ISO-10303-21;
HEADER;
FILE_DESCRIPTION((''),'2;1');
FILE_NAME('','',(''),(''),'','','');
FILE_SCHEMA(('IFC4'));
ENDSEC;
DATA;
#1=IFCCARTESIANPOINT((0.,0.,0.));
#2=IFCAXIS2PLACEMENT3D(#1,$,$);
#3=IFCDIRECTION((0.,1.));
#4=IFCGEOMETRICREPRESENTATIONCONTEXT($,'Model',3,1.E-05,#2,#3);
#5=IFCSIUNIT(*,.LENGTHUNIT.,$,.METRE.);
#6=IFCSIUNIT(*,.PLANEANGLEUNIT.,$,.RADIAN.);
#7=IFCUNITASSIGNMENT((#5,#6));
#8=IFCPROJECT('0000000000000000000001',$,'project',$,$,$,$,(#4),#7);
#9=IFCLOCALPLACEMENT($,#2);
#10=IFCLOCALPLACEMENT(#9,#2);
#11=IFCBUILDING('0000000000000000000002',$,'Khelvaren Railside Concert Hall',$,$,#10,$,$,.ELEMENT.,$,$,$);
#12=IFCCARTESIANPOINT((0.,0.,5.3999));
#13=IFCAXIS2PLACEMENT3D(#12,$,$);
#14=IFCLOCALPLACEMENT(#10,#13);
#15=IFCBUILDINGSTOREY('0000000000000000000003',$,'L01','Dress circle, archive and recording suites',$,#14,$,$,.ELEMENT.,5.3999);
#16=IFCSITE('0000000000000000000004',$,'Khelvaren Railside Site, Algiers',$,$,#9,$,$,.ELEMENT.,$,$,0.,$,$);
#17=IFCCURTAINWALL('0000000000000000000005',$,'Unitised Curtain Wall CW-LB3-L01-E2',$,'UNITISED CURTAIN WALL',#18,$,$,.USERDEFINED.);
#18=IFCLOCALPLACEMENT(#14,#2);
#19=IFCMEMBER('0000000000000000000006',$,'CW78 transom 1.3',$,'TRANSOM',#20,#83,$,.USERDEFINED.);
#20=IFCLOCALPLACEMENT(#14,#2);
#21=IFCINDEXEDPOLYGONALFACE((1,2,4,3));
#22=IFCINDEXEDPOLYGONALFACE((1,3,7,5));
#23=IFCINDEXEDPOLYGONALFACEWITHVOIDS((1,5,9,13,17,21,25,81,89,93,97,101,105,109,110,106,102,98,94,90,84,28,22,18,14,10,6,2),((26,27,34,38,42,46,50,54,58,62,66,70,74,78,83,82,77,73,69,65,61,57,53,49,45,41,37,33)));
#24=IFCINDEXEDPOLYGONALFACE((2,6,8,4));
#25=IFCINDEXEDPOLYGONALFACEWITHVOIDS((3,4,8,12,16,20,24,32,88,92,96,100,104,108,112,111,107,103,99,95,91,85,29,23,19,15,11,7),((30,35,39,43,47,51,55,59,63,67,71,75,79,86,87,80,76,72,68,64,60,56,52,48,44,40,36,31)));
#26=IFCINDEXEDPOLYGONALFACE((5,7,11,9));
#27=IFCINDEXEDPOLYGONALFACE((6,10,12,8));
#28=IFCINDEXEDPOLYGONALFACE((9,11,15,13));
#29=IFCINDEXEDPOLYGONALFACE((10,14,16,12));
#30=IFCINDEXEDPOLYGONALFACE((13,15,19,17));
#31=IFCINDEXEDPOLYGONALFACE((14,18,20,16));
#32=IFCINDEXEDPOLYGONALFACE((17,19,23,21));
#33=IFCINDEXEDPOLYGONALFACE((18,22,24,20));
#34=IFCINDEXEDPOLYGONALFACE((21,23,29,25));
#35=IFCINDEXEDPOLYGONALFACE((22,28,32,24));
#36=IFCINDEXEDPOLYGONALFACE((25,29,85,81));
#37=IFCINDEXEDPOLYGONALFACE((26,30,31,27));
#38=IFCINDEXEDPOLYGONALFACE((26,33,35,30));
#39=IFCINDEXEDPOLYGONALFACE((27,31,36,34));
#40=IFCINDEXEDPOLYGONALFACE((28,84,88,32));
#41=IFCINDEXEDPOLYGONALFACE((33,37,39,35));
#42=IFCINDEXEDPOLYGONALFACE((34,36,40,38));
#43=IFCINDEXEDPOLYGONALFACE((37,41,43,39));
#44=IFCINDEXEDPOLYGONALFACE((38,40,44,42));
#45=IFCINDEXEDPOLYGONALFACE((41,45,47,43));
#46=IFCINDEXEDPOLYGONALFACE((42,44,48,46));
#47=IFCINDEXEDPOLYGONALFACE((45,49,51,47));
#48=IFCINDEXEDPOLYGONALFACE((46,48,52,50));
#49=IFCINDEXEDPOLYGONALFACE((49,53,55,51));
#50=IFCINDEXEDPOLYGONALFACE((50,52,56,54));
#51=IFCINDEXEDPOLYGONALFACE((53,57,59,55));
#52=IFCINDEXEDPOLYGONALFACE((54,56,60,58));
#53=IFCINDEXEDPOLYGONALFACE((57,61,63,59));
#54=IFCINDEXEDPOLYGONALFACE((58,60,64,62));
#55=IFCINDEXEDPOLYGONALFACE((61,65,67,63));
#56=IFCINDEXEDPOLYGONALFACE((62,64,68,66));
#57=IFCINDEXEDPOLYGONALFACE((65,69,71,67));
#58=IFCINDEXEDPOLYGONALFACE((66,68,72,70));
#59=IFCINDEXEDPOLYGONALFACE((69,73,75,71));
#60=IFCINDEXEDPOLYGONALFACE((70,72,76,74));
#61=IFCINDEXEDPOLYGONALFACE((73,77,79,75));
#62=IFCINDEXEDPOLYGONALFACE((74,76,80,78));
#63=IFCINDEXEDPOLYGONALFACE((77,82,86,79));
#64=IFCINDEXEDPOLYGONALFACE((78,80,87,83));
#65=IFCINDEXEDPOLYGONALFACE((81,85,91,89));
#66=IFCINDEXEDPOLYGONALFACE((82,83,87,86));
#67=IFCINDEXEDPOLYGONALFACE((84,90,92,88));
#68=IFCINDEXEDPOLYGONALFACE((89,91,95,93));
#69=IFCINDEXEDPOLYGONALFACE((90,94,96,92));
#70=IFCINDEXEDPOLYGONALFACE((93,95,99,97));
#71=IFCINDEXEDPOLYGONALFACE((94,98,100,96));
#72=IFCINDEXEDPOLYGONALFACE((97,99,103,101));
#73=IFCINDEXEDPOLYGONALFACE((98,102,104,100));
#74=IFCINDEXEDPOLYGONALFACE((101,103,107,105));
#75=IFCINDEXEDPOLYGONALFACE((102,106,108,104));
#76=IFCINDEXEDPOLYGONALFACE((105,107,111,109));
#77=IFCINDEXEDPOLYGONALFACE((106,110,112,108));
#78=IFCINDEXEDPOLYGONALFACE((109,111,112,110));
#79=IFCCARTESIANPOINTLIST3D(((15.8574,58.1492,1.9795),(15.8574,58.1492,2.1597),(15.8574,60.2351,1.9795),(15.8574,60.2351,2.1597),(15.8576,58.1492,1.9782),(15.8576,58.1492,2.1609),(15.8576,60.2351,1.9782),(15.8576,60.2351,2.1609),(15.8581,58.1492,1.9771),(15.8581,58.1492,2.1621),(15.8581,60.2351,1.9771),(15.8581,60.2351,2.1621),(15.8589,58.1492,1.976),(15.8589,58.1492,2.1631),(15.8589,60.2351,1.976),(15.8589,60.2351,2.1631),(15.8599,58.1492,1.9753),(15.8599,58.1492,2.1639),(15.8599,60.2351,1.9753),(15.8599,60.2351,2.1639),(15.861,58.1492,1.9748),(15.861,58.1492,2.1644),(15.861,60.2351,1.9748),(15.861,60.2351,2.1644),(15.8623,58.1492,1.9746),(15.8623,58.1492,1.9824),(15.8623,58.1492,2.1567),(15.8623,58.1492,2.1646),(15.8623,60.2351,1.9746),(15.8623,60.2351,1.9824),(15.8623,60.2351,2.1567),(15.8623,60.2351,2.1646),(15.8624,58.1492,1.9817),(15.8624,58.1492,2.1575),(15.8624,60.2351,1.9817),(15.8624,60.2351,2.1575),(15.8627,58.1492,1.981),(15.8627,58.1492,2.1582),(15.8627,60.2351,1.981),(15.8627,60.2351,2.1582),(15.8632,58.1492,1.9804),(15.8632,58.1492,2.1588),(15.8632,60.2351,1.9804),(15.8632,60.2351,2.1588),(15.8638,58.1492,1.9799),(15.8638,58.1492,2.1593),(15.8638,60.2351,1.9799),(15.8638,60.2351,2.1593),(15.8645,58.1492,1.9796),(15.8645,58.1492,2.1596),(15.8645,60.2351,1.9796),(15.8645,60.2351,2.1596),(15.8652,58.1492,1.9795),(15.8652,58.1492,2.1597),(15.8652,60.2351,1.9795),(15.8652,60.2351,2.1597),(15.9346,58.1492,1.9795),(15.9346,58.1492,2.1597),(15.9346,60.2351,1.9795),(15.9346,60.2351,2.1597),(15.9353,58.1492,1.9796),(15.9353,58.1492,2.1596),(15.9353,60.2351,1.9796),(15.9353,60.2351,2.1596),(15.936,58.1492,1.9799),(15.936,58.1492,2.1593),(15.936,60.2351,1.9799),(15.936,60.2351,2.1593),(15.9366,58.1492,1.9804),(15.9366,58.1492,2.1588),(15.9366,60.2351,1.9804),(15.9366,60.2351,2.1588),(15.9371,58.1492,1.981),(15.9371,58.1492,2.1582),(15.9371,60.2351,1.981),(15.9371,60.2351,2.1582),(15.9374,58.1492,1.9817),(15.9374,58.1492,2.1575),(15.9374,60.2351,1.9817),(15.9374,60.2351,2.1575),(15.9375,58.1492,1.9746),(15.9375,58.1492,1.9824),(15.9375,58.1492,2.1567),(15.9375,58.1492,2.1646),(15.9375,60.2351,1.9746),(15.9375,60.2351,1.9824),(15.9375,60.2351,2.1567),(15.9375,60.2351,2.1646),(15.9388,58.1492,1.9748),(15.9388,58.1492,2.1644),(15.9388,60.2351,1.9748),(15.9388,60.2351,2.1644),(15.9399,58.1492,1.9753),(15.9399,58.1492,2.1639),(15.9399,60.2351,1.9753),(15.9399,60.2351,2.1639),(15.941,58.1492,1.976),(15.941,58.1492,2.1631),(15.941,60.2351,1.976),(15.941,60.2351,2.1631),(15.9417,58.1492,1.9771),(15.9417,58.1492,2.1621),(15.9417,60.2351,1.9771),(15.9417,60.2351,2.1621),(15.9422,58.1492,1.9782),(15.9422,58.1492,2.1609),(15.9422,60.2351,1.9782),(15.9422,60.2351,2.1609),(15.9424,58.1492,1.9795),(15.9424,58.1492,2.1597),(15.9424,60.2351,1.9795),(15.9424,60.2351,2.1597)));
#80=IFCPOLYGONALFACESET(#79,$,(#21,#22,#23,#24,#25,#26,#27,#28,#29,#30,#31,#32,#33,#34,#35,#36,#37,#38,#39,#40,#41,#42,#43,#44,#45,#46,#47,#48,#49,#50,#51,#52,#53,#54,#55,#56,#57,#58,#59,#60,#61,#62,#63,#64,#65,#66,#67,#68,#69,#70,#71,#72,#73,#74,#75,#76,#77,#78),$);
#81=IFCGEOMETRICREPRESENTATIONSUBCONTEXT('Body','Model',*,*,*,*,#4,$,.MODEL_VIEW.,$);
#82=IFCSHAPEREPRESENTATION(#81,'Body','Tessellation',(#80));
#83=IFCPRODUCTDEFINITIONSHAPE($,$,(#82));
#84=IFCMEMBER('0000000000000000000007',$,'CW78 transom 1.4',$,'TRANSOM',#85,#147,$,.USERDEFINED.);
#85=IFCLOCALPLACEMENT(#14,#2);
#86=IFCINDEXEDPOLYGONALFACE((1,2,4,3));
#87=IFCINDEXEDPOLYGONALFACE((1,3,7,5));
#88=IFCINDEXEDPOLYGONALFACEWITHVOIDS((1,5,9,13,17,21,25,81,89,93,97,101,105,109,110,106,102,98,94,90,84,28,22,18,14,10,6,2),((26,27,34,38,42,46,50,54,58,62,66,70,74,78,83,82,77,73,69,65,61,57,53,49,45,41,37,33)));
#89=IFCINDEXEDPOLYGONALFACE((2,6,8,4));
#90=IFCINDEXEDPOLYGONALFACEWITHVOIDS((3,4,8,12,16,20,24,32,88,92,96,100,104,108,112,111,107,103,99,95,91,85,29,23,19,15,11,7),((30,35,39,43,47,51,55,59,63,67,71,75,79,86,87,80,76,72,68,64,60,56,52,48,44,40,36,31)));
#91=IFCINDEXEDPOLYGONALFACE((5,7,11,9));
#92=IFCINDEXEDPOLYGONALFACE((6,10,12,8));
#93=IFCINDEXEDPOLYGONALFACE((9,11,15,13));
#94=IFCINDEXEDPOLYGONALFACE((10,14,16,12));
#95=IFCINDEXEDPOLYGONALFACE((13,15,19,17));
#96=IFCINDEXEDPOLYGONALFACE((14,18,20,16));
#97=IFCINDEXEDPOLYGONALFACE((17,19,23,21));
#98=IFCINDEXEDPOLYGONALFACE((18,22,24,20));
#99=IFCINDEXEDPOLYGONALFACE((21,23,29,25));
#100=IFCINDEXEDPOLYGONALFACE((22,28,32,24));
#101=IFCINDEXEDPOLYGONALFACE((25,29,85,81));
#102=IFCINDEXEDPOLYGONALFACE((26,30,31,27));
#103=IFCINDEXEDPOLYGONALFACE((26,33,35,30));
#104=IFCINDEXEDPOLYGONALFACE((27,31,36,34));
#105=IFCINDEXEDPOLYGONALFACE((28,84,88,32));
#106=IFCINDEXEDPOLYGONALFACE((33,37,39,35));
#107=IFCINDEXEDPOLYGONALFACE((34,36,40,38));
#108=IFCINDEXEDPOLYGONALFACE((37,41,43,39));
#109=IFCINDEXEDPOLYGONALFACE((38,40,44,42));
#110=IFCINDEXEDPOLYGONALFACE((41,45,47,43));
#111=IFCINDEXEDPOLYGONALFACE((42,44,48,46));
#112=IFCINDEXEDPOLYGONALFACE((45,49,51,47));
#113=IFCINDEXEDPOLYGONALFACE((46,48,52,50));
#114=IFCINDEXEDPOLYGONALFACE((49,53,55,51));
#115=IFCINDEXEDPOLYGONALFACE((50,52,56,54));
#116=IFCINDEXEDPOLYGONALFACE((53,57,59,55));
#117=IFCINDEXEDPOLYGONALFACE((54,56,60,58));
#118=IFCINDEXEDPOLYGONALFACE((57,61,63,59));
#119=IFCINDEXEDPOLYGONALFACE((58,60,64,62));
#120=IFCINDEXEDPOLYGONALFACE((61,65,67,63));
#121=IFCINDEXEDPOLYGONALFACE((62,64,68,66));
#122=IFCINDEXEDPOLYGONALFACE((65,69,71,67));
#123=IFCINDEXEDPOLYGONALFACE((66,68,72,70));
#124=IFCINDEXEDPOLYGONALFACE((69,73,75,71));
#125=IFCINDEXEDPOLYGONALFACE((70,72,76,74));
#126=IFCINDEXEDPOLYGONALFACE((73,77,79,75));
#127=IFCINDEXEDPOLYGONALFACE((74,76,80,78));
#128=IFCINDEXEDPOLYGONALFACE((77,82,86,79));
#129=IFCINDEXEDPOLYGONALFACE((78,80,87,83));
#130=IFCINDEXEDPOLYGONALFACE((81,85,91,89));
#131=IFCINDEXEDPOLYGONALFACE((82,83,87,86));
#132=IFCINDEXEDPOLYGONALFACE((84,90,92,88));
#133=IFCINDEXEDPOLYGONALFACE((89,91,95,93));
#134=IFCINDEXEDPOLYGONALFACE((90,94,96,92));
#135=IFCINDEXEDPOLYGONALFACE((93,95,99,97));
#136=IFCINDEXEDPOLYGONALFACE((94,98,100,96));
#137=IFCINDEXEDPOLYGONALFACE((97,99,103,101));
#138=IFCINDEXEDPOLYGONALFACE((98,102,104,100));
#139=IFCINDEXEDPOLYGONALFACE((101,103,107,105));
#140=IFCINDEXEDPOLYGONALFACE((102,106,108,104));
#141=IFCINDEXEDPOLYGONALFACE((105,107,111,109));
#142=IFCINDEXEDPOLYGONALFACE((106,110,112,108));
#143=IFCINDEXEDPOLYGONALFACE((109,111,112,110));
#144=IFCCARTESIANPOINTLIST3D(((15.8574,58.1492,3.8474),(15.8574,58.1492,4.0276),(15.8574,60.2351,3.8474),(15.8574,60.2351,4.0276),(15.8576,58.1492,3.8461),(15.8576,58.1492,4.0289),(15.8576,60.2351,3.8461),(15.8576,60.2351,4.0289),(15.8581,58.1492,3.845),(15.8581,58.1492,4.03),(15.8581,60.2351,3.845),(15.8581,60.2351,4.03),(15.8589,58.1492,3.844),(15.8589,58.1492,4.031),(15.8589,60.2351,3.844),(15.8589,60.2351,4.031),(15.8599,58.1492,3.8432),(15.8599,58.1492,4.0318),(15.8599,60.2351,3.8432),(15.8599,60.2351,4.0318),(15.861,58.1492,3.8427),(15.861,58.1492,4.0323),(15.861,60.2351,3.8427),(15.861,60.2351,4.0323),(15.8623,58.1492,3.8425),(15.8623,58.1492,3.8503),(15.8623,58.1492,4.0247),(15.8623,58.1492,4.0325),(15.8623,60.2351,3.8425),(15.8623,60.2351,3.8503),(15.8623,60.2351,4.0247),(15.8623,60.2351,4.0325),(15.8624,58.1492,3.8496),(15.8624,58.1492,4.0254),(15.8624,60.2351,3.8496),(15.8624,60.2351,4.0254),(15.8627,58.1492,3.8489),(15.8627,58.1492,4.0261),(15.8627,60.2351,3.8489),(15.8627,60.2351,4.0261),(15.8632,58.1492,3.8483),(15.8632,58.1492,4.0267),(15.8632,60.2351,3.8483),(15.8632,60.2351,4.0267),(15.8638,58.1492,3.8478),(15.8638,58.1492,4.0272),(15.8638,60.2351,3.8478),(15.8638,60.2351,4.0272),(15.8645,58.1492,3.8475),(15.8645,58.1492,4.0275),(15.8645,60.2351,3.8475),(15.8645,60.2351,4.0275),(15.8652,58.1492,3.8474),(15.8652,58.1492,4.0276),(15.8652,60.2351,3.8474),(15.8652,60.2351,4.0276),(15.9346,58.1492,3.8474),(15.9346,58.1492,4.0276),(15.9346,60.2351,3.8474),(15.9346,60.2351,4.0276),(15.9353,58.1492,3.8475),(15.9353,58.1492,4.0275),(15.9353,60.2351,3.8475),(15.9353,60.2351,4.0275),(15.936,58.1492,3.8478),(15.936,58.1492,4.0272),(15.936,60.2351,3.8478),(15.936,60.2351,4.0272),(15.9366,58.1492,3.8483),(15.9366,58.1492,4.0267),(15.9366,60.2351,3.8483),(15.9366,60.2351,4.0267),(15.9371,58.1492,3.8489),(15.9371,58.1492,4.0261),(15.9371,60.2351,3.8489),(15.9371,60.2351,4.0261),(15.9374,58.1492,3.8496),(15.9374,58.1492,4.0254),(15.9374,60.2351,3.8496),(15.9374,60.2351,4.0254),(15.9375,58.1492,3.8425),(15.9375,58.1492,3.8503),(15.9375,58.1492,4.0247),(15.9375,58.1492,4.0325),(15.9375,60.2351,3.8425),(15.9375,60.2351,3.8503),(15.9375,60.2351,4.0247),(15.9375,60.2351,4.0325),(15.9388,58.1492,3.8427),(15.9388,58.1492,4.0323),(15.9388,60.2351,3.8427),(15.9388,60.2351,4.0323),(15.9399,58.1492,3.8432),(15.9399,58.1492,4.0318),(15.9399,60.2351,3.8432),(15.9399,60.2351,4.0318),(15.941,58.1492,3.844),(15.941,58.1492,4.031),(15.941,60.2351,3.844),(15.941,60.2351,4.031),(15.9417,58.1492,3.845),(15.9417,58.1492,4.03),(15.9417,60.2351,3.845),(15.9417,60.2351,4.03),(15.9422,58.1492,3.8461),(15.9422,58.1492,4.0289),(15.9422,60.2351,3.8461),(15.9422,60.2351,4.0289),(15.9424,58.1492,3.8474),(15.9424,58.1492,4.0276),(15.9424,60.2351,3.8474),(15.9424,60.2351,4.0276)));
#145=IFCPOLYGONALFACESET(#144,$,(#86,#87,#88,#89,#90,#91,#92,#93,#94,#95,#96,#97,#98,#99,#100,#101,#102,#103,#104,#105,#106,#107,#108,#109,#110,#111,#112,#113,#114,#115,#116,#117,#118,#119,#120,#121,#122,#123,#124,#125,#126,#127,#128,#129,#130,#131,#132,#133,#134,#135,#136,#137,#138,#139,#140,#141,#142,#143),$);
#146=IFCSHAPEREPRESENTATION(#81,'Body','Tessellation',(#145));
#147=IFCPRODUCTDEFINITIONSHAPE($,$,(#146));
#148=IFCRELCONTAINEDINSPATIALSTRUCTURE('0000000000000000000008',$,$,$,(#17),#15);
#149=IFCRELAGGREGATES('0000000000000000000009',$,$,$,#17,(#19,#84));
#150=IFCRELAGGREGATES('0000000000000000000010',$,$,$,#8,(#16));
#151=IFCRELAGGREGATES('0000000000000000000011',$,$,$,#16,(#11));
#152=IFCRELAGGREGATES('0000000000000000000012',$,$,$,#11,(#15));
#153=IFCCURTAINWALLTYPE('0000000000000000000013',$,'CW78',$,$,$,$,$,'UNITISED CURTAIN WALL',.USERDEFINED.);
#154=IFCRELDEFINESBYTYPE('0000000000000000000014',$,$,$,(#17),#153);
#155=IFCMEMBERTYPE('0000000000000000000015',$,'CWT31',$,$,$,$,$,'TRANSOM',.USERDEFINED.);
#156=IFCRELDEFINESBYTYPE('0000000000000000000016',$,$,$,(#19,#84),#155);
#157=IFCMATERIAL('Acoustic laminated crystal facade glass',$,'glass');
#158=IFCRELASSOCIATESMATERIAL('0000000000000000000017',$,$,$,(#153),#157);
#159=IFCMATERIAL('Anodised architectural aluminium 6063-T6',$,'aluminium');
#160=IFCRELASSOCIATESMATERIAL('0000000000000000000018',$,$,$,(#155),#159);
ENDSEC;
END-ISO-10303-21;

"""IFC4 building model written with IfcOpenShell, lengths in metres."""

from ifc_helpers import new_model, si_unit, direction, frame, origin, origin_2d, place, context, subcontext, project, spatial, hollow_rectangle, extrude, material, material_profile, profile_set, type_object, element, aggregate, save


model = new_model("IFC4")

# Units and contexts
model_context = context("Model", 3, precision=1e-05, world=origin(), true_north=direction((0.0, 1.0)))
body_context = subcontext(model_context, "Body", "Model", "MODEL_VIEW")
ifc_project = project(units=[si_unit("LENGTHUNIT", "METRE"), si_unit("PLANEANGLEUNIT", "RADIAN")], contexts=[model_context])

# Site, building, storey
site_placement = place(None, origin())
site = spatial("IfcSite", under=ifc_project, at=site_placement, Name="Khelvaren Railside Site, Algiers", CompositionType="ELEMENT", RefElevation=0.0)
building_placement = place(site_placement, origin())
building = spatial("IfcBuilding", under=site, at=building_placement, Name="Khelvaren Railside Concert Hall", CompositionType="ELEMENT")
storey_placement = place(building_placement, frame((0.0, 0.0, 5.3999)))
storey = spatial("IfcBuildingStorey", under=building, at=storey_placement, Name="L01", Description="Dress circle, archive and recording suites", CompositionType="ELEMENT", Elevation=5.3999)

# Curtain wall
ifc_material_1 = material(Name="Acoustic laminated crystal facade glass", Category="glass")
curtain_wall_type = type_object("IfcCurtainWallType", Name="CW78", ElementType="UNITISED CURTAIN WALL", PredefinedType="USERDEFINED", material=ifc_material_1)
curtain_wall_1_placement = place(storey_placement, origin())
curtain_wall_1 = element("IfcCurtainWall", 1, at=curtain_wall_1_placement, inside=storey, type_object=curtain_wall_type, Name="Unitised Curtain Wall CW-LB3-L01-E2", ObjectType="UNITISED CURTAIN WALL", PredefinedType="USERDEFINED")
ifc_material_2 = material(Name="Anodised architectural aluminium 6063-T6", Category="aluminium")

# Members
ifc_material_profile_1 = material_profile(ifc_material_2, hollow_rectangle(XDim=0.085, YDim=0.1899, WallThickness=0.0049, InnerFilletRadius=0.0029, OuterFilletRadius=0.0049, at=origin_2d()), Name="CWT 85x190x5")
ifc_profile_set_1 = profile_set([ifc_material_profile_1], Name="Anodised architectural aluminium 6063-T6")
member_type_1 = type_object("IfcMemberType", Name="CWT31", ElementType="TRANSOM", PredefinedType="USERDEFINED", material=ifc_profile_set_1)
member_1_placement = place(storey_placement, frame((15.8999, 60.2351, 2.0696), z_axis=(0.0, -1.0, 0.0), x_axis=(1.0, 0.0, 0.0)))
member_1 = element("IfcMember", 2, at=member_1_placement, type_object=member_type_1, Name="CW78 transom 1.3", ObjectType="TRANSOM", PredefinedType="USERDEFINED", context=body_context, shape_type="SweptSolid", body=[
    extrude(hollow_rectangle(XDim=0.085, YDim=0.1899, WallThickness=0.0049, InnerFilletRadius=0.0029, OuterFilletRadius=0.0049, at=origin_2d()), origin(), (0.0, 0.0, 1.0), 2.0859),
])
member_2_placement = place(storey_placement, frame((15.8999, 60.2351, 3.9375), z_axis=(0.0, -1.0, 0.0), x_axis=(1.0, 0.0, 0.0)))
member_2 = element("IfcMember", 3, at=member_2_placement, type_object=member_type_1, Name="CW78 transom 1.4", ObjectType="TRANSOM", PredefinedType="USERDEFINED", context=body_context, shape_type="SweptSolid", body=[
    extrude(hollow_rectangle(XDim=0.085, YDim=0.1899, WallThickness=0.0049, InnerFilletRadius=0.0029, OuterFilletRadius=0.0049, at=origin_2d()), origin(), (0.0, 0.0, 1.0), 2.0859),
])

aggregate(curtain_wall_1, [member_1, member_2])

save(model, "model.ifc")
